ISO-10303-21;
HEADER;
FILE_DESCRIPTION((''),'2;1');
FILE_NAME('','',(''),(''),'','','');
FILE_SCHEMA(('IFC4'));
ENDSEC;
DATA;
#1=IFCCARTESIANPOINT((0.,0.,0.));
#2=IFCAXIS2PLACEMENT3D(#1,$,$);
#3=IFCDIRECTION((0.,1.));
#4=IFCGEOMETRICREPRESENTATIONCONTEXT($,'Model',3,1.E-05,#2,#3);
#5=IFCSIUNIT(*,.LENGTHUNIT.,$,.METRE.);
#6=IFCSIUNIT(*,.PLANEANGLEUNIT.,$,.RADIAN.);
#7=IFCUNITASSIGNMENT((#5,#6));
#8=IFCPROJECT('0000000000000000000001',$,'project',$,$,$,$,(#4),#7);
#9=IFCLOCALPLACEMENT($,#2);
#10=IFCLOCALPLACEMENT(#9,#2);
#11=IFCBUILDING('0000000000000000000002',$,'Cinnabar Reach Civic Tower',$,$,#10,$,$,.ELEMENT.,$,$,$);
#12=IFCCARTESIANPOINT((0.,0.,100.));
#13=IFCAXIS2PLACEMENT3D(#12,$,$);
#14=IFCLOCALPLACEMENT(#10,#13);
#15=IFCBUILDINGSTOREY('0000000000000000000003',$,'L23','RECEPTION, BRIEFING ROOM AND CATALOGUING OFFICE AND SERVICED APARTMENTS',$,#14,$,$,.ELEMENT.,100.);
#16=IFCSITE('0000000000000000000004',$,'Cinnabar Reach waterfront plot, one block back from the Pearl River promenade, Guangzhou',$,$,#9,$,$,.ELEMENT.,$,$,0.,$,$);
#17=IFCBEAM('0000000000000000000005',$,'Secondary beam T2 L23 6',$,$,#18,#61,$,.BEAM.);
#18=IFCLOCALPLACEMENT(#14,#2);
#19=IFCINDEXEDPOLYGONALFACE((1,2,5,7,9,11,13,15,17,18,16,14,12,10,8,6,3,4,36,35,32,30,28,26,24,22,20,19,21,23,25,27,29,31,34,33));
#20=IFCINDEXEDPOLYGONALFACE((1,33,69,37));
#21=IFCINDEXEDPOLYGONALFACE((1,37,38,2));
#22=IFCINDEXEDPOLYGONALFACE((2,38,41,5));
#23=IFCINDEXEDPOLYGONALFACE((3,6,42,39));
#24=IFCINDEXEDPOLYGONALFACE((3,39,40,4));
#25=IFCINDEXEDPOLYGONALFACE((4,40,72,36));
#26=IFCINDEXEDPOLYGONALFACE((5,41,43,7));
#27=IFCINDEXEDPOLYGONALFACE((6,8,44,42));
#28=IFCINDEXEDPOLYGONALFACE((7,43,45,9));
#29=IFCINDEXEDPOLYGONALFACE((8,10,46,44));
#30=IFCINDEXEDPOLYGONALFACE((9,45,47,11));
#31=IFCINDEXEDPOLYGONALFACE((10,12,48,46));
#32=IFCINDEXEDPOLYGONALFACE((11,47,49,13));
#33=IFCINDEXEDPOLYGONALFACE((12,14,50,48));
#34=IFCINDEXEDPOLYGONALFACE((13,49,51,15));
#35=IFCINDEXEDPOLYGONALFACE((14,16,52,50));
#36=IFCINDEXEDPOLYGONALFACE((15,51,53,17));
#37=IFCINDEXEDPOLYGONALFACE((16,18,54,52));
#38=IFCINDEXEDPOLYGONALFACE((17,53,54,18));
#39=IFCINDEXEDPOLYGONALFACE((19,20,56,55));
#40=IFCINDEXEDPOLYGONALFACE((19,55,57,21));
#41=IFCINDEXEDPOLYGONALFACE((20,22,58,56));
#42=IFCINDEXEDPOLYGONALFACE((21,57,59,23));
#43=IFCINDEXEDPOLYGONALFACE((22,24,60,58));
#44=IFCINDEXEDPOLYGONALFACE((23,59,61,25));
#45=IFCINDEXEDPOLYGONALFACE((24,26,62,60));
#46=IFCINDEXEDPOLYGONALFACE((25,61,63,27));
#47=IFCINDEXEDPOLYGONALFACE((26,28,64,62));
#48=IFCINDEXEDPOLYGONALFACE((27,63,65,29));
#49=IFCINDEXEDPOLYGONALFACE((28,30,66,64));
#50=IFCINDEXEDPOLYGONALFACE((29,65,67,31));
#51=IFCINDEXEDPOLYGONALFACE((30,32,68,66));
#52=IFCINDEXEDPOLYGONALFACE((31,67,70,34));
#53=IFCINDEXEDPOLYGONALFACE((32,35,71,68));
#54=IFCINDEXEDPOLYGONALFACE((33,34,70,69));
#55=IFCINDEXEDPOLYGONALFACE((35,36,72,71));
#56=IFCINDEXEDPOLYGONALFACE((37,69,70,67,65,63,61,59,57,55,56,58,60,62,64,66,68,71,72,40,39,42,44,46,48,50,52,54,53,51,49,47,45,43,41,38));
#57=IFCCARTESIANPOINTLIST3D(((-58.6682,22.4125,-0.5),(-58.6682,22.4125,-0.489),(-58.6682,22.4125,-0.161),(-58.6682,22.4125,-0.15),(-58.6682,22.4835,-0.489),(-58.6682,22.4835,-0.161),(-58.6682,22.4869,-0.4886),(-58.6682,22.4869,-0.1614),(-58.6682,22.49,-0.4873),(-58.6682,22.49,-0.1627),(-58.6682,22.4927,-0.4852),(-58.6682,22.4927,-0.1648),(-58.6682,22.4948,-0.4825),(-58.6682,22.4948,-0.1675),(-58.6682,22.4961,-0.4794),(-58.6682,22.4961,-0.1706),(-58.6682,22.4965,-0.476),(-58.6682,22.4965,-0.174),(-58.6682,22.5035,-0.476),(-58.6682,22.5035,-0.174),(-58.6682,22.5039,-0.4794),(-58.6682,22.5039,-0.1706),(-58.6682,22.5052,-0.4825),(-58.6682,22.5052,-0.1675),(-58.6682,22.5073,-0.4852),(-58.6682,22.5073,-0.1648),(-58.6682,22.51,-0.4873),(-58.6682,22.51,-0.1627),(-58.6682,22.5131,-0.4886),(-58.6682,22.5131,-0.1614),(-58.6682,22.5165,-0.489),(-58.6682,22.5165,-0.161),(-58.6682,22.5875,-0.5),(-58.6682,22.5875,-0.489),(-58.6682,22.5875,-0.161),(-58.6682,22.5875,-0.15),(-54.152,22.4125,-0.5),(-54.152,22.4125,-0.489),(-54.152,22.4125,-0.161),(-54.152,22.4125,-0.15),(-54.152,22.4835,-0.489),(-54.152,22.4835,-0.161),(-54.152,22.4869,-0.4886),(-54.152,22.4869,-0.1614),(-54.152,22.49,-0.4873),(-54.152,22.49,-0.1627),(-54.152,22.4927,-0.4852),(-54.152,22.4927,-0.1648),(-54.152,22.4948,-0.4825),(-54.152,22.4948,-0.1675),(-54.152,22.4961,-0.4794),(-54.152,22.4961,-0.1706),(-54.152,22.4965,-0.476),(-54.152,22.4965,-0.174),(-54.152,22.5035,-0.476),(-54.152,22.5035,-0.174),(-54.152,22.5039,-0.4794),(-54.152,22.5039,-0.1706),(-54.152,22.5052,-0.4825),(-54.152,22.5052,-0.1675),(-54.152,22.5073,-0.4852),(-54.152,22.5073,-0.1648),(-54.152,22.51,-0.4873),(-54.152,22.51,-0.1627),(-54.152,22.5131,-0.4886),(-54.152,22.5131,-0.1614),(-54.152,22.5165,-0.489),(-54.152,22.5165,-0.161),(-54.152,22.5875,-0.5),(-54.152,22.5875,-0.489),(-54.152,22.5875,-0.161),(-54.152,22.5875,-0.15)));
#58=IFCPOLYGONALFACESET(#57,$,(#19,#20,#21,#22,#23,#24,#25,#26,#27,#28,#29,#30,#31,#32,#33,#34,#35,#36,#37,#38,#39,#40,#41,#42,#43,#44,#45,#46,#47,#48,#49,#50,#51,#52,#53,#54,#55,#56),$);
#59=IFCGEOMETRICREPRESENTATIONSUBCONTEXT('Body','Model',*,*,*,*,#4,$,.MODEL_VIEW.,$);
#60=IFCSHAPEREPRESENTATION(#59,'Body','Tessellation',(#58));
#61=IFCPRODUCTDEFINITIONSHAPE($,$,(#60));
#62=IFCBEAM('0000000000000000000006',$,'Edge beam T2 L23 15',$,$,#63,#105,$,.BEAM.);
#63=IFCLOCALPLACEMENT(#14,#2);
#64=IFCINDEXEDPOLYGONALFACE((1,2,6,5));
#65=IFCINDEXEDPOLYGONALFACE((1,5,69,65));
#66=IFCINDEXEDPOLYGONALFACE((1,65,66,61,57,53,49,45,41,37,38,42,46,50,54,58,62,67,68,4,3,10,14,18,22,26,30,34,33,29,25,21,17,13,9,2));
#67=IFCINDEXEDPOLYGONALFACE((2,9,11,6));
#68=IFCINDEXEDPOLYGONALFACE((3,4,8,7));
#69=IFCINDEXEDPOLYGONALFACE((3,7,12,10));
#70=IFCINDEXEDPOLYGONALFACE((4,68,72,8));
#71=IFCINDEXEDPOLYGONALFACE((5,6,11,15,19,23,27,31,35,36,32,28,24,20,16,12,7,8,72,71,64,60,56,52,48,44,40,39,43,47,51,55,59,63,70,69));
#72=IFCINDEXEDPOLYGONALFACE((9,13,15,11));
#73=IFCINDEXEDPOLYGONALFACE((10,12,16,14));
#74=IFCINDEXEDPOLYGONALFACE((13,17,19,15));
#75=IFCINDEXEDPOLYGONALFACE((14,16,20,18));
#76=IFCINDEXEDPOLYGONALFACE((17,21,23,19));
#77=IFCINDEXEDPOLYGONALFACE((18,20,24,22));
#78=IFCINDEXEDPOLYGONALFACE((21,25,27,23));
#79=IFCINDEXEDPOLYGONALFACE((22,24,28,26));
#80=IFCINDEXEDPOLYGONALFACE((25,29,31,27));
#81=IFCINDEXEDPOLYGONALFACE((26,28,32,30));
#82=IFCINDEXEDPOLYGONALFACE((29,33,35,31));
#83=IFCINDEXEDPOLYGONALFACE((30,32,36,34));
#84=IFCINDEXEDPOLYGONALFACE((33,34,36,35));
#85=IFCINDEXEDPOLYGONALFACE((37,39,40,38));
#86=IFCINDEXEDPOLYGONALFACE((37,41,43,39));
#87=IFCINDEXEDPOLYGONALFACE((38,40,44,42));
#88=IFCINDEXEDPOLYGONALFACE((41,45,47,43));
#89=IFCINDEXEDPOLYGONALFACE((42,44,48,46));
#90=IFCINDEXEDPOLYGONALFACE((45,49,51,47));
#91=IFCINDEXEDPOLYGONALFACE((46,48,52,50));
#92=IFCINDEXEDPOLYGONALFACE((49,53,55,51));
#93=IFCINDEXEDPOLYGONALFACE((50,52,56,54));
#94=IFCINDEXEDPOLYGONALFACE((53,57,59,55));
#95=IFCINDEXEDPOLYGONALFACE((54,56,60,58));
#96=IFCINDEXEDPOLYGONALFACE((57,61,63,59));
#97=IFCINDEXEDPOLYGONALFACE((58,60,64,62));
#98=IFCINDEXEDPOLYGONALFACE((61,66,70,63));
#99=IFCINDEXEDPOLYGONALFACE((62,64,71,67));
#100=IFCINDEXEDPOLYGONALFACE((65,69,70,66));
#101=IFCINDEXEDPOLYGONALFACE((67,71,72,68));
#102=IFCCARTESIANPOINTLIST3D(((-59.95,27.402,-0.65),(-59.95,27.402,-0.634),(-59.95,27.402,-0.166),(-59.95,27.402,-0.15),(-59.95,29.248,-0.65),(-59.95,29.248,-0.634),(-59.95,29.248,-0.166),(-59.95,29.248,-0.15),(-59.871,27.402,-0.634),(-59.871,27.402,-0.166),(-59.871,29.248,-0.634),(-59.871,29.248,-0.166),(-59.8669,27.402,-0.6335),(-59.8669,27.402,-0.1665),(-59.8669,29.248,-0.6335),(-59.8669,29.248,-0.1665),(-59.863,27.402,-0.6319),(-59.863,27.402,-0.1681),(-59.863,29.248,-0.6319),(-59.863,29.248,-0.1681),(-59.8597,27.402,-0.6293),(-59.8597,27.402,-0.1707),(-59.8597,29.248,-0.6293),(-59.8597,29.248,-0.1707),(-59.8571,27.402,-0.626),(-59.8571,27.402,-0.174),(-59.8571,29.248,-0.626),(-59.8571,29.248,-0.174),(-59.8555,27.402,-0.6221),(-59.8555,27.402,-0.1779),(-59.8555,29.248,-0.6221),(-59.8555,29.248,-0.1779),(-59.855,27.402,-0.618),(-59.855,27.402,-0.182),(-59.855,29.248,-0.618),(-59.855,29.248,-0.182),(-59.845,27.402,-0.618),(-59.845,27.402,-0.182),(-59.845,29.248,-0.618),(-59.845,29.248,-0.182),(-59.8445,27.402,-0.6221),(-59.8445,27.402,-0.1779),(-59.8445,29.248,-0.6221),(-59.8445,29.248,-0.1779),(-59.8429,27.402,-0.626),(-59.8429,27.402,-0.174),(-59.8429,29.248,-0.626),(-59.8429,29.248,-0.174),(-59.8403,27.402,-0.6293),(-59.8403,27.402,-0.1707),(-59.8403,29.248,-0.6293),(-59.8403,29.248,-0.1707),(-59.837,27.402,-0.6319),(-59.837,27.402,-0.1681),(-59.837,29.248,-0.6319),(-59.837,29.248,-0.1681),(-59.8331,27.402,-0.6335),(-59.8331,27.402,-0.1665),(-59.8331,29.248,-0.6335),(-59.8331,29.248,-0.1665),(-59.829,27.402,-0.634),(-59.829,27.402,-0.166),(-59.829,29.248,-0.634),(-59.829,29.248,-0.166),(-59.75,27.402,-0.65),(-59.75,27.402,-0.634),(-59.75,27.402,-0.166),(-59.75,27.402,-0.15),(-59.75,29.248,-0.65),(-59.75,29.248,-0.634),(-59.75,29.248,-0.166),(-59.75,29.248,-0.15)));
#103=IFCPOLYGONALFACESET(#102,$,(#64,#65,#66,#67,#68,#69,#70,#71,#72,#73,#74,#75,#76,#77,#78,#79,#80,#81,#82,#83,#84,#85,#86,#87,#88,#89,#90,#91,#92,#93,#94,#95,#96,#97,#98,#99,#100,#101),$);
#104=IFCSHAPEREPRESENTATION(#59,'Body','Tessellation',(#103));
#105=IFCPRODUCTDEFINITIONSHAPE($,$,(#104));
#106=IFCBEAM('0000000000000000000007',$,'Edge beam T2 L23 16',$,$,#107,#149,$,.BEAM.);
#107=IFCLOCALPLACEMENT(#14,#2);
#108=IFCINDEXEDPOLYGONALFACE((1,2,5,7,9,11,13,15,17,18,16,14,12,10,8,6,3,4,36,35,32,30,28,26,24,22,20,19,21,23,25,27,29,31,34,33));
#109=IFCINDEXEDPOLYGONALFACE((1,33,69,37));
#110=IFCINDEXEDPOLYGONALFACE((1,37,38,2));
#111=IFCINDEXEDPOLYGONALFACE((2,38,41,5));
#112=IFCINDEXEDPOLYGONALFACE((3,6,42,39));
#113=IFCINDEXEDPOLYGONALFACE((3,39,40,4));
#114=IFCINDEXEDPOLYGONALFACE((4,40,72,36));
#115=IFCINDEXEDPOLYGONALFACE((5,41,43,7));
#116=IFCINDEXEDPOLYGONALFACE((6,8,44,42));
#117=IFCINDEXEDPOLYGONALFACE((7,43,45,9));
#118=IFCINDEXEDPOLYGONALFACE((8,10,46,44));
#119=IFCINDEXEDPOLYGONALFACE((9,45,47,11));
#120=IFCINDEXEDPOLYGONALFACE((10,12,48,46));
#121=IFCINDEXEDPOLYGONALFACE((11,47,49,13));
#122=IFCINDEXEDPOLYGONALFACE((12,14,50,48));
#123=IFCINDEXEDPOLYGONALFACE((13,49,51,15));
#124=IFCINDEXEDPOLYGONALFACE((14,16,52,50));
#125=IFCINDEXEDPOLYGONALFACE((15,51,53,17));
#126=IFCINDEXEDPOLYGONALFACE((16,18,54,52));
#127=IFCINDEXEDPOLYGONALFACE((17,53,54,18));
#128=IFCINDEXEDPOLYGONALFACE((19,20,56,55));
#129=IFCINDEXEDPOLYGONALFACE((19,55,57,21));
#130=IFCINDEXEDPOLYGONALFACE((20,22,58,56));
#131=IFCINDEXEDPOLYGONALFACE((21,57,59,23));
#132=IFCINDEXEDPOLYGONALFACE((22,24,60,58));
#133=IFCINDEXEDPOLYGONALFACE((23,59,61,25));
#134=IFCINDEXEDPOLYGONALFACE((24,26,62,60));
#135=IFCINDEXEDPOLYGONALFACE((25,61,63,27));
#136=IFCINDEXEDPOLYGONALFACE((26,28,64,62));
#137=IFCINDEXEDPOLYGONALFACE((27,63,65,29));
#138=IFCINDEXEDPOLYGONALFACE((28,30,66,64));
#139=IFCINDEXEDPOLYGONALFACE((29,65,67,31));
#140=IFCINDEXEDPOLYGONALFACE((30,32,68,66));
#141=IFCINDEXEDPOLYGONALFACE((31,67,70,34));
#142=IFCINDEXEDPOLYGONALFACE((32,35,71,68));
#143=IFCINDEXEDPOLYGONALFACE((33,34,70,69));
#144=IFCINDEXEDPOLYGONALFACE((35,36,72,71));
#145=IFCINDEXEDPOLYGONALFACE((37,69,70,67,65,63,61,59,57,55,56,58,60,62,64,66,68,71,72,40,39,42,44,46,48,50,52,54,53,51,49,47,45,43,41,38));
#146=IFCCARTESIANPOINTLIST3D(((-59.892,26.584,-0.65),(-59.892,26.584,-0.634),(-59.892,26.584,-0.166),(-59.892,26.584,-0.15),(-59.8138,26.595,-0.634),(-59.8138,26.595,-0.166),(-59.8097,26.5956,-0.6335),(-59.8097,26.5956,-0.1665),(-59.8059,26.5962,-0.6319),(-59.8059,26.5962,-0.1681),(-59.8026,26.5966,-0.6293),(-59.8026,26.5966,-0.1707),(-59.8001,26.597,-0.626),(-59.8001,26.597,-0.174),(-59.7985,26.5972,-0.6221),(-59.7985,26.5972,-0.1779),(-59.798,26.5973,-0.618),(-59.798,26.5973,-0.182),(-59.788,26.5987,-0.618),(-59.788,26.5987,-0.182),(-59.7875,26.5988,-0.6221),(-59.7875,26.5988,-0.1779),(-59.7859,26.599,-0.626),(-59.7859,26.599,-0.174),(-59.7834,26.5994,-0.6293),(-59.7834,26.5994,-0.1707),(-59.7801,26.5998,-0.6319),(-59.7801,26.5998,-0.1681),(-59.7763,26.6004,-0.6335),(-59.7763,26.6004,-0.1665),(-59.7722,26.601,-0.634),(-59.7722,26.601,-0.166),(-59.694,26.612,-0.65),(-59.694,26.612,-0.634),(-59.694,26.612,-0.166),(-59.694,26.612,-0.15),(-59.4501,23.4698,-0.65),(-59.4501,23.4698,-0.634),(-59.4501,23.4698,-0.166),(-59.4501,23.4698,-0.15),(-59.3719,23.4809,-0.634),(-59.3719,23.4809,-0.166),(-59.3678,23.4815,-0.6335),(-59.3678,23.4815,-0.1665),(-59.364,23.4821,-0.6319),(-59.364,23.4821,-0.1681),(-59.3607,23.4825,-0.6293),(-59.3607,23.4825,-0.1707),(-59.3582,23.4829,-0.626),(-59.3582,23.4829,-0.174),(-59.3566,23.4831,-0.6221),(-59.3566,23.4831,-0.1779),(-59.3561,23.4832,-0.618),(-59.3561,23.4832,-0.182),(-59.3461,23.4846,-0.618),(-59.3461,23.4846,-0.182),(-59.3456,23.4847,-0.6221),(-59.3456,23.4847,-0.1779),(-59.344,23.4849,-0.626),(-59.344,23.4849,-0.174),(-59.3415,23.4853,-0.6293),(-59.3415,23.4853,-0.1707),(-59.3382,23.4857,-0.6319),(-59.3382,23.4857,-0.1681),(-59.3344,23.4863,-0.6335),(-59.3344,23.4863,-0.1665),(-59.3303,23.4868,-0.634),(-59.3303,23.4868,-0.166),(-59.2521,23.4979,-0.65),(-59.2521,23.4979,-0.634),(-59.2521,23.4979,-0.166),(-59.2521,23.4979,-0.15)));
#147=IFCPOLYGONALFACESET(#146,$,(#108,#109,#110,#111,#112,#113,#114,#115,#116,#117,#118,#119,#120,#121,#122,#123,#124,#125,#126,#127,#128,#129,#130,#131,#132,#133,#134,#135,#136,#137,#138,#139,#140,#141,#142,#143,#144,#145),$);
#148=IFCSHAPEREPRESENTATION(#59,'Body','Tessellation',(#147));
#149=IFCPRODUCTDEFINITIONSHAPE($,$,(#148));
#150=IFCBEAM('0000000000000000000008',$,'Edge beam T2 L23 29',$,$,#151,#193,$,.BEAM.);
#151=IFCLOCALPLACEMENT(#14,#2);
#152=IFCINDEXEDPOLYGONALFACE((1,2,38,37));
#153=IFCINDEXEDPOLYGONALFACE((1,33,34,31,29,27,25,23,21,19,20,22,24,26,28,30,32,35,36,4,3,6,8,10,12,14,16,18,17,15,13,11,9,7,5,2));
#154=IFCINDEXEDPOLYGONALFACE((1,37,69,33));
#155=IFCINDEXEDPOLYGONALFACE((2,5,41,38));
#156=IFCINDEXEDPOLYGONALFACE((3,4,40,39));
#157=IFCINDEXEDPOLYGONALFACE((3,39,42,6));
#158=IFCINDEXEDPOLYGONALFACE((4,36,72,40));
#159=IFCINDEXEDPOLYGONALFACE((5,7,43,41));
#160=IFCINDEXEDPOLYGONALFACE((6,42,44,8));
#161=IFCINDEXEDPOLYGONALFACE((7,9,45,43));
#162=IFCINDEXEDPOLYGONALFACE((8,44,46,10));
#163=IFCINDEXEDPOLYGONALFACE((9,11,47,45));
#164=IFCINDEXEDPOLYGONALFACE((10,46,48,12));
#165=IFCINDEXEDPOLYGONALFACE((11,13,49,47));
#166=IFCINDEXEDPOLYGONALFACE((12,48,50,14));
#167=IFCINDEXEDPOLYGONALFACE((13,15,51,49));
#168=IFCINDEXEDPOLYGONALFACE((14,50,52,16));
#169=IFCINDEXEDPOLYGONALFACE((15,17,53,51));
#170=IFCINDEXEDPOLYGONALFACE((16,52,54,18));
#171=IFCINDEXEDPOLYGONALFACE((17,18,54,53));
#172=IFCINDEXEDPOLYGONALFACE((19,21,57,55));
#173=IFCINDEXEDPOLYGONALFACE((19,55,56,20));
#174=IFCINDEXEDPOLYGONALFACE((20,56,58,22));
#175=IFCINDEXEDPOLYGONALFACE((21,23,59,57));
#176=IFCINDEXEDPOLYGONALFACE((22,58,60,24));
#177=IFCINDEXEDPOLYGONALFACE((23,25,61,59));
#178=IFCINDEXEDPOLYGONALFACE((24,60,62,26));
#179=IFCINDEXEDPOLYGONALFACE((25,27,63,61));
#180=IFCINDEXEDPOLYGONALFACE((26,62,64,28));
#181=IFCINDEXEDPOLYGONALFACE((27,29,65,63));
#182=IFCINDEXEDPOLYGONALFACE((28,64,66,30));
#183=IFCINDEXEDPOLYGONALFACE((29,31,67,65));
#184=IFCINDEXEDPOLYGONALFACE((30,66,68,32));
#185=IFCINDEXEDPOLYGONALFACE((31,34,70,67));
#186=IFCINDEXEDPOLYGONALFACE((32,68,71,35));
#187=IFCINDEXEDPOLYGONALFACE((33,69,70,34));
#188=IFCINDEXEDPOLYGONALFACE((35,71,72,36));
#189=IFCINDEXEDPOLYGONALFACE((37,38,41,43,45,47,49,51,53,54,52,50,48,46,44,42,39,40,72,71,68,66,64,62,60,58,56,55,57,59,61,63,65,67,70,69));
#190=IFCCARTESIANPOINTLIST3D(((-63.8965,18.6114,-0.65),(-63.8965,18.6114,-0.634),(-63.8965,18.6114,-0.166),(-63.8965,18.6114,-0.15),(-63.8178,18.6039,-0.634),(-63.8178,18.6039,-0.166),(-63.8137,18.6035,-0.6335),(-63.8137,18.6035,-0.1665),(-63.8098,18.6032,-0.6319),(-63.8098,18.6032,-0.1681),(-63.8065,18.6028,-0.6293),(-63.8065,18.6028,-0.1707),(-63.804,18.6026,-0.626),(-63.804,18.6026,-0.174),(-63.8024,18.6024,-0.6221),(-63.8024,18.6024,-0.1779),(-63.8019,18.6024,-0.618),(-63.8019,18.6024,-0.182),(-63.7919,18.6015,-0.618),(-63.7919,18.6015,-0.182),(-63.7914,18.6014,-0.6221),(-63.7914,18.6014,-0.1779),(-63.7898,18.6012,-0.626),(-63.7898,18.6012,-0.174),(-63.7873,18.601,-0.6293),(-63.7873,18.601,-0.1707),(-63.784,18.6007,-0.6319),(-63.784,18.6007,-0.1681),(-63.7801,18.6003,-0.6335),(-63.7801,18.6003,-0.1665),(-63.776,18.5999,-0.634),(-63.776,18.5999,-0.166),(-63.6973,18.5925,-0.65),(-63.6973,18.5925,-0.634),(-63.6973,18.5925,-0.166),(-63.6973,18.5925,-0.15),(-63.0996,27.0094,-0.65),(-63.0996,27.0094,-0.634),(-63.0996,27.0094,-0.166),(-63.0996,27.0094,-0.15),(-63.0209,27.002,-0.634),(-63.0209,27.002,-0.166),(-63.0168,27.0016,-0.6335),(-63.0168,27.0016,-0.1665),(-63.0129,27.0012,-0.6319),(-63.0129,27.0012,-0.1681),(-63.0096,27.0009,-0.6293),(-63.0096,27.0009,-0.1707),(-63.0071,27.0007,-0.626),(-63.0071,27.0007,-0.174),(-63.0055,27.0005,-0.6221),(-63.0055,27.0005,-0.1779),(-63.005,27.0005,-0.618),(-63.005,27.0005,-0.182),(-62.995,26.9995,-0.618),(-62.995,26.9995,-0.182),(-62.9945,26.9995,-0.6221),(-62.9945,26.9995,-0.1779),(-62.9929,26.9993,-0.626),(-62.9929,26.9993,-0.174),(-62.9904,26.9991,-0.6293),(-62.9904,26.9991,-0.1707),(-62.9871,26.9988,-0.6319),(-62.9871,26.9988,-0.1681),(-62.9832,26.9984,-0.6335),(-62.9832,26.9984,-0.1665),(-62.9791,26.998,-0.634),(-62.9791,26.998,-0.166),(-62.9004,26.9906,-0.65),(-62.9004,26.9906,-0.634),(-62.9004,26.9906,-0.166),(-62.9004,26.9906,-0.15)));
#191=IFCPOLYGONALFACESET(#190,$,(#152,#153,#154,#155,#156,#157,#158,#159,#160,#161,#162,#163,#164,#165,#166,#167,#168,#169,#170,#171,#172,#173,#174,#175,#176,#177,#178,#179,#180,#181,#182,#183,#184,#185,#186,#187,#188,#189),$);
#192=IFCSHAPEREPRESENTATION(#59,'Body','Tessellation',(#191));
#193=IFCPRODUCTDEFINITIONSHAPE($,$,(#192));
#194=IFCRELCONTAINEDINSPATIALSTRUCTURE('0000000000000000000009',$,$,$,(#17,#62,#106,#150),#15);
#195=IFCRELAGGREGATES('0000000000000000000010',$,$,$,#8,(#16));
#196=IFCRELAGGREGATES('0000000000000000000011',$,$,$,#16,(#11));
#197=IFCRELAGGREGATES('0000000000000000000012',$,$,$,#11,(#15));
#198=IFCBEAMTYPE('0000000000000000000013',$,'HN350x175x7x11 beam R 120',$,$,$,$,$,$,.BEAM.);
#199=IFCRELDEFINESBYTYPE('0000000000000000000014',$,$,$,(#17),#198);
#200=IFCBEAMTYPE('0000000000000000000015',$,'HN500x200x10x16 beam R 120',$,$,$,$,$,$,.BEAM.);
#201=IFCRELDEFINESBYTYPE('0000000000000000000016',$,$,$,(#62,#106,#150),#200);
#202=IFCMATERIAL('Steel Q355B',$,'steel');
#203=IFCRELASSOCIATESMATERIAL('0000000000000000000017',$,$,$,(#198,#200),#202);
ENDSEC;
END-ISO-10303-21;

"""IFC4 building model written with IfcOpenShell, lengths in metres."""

from ifc_helpers import new_model, si_unit, direction, frame, origin, origin_2d, place, context, subcontext, project, spatial, i_section, extrude, material, material_profile, profile_set, type_object, element, save


model = new_model("IFC4")

# Units and contexts
model_context = context("Model", 3, precision=1e-05, world=origin(), true_north=direction((0.0, 1.0)))
body_context = subcontext(model_context, "Body", "Model", "MODEL_VIEW")
ifc_project = project(units=[si_unit("LENGTHUNIT", "METRE"), si_unit("PLANEANGLEUNIT", "RADIAN")], contexts=[model_context])

# Site, building, storey
site_placement = place(None, origin())
site = spatial("IfcSite", under=ifc_project, at=site_placement, Name="Cinnabar Reach waterfront plot, one block back from the Pearl River promenade, Guangzhou", CompositionType="ELEMENT", RefElevation=0.0)
building_placement = place(site_placement, origin())
building = spatial("IfcBuilding", under=site, at=building_placement, Name="Cinnabar Reach Civic Tower", CompositionType="ELEMENT")
storey_placement = place(building_placement, frame((0.0, 0.0, 100.0)))
storey = spatial("IfcBuildingStorey", under=building, at=storey_placement, Name="L23", Description="RECEPTION, BRIEFING ROOM AND CATALOGUING OFFICE AND SERVICED APARTMENTS", CompositionType="ELEMENT", Elevation=100.0)

# Beams
ifc_material_1 = material(Name="Steel Q355B", Category="steel")
ifc_material_profile_1 = material_profile(ifc_material_1, i_section(OverallWidth=0.175, OverallDepth=0.35, WebThickness=0.007, FlangeThickness=0.011, FilletRadius=0.013, at=origin_2d()), Name="HN350x175x7x11")
ifc_profile_set_1 = profile_set([ifc_material_profile_1], Name="Steel Q355B")
beam_type_1 = type_object("IfcBeamType", Name="HN350x175x7x11 beam R 120", PredefinedType="BEAM", material=ifc_profile_set_1)
beam_1_placement = place(storey_placement, frame((-58.6682, 22.5, -0.325), z_axis=(1.0, 0.0, 0.0), x_axis=(0.0, 1.0, 0.0)))
element("IfcBeam", 1, at=beam_1_placement, inside=storey, type_object=beam_type_1, Name="Secondary beam T2 L23 6", PredefinedType="BEAM", context=body_context, shape_type="SweptSolid", body=[
    extrude(i_section(OverallWidth=0.175, OverallDepth=0.35, WebThickness=0.007, FlangeThickness=0.011, FilletRadius=0.013, at=origin_2d()), origin(), (0.0, 0.0, 1.0), 4.5162),
])
ifc_material_profile_2 = material_profile(ifc_material_1, i_section(OverallWidth=0.2, OverallDepth=0.5, WebThickness=0.01, FlangeThickness=0.016, FilletRadius=0.016, at=origin_2d()), Name="HN500x200x10x16")
ifc_profile_set_2 = profile_set([ifc_material_profile_2], Name="Steel Q355B")
beam_type_2 = type_object("IfcBeamType", Name="HN500x200x10x16 beam R 120", PredefinedType="BEAM", material=ifc_profile_set_2)
beam_2_placement = place(storey_placement, frame((-59.85, 29.248, -0.4), z_axis=(0.0, -1.0, 0.0), x_axis=(1.0, 0.0, 0.0)))
element("IfcBeam", 2, at=beam_2_placement, inside=storey, type_object=beam_type_2, Name="Edge beam T2 L23 15", PredefinedType="BEAM", context=body_context, shape_type="SweptSolid", body=[
    extrude(i_section(OverallWidth=0.2, OverallDepth=0.5, WebThickness=0.01, FlangeThickness=0.016, FilletRadius=0.016, at=origin_2d()), origin(), (0.0, 0.0, 1.0), 1.846),
])
beam_3_placement = place(storey_placement, frame((-59.793, 26.598, -0.4), z_axis=(0.140495, -0.990081, 0.0), x_axis=(0.990081, 0.140495, 0.0)))
element("IfcBeam", 3, at=beam_3_placement, inside=storey, type_object=beam_type_2, Name="Edge beam T2 L23 16", PredefinedType="BEAM", context=body_context, shape_type="SweptSolid", body=[
    extrude(i_section(OverallWidth=0.2, OverallDepth=0.5, WebThickness=0.01, FlangeThickness=0.016, FilletRadius=0.016, at=origin_2d()), origin(), (0.0, 0.0, 1.0), 3.1453),
])
beam_4_placement = place(storey_placement, frame((-63.0, 27.0, -0.4), z_axis=(-0.094466, -0.995528, 0.0), x_axis=(0.995528, -0.094466, 0.0)))
element("IfcBeam", 4, at=beam_4_placement, inside=storey, type_object=beam_type_2, Name="Edge beam T2 L23 29", PredefinedType="BEAM", context=body_context, shape_type="SweptSolid", body=[
    extrude(i_section(OverallWidth=0.2, OverallDepth=0.5, WebThickness=0.01, FlangeThickness=0.016, FilletRadius=0.016, at=origin_2d()), origin(), (0.0, 0.0, 1.0), 8.4358),
])

save(model, "model.ifc")
